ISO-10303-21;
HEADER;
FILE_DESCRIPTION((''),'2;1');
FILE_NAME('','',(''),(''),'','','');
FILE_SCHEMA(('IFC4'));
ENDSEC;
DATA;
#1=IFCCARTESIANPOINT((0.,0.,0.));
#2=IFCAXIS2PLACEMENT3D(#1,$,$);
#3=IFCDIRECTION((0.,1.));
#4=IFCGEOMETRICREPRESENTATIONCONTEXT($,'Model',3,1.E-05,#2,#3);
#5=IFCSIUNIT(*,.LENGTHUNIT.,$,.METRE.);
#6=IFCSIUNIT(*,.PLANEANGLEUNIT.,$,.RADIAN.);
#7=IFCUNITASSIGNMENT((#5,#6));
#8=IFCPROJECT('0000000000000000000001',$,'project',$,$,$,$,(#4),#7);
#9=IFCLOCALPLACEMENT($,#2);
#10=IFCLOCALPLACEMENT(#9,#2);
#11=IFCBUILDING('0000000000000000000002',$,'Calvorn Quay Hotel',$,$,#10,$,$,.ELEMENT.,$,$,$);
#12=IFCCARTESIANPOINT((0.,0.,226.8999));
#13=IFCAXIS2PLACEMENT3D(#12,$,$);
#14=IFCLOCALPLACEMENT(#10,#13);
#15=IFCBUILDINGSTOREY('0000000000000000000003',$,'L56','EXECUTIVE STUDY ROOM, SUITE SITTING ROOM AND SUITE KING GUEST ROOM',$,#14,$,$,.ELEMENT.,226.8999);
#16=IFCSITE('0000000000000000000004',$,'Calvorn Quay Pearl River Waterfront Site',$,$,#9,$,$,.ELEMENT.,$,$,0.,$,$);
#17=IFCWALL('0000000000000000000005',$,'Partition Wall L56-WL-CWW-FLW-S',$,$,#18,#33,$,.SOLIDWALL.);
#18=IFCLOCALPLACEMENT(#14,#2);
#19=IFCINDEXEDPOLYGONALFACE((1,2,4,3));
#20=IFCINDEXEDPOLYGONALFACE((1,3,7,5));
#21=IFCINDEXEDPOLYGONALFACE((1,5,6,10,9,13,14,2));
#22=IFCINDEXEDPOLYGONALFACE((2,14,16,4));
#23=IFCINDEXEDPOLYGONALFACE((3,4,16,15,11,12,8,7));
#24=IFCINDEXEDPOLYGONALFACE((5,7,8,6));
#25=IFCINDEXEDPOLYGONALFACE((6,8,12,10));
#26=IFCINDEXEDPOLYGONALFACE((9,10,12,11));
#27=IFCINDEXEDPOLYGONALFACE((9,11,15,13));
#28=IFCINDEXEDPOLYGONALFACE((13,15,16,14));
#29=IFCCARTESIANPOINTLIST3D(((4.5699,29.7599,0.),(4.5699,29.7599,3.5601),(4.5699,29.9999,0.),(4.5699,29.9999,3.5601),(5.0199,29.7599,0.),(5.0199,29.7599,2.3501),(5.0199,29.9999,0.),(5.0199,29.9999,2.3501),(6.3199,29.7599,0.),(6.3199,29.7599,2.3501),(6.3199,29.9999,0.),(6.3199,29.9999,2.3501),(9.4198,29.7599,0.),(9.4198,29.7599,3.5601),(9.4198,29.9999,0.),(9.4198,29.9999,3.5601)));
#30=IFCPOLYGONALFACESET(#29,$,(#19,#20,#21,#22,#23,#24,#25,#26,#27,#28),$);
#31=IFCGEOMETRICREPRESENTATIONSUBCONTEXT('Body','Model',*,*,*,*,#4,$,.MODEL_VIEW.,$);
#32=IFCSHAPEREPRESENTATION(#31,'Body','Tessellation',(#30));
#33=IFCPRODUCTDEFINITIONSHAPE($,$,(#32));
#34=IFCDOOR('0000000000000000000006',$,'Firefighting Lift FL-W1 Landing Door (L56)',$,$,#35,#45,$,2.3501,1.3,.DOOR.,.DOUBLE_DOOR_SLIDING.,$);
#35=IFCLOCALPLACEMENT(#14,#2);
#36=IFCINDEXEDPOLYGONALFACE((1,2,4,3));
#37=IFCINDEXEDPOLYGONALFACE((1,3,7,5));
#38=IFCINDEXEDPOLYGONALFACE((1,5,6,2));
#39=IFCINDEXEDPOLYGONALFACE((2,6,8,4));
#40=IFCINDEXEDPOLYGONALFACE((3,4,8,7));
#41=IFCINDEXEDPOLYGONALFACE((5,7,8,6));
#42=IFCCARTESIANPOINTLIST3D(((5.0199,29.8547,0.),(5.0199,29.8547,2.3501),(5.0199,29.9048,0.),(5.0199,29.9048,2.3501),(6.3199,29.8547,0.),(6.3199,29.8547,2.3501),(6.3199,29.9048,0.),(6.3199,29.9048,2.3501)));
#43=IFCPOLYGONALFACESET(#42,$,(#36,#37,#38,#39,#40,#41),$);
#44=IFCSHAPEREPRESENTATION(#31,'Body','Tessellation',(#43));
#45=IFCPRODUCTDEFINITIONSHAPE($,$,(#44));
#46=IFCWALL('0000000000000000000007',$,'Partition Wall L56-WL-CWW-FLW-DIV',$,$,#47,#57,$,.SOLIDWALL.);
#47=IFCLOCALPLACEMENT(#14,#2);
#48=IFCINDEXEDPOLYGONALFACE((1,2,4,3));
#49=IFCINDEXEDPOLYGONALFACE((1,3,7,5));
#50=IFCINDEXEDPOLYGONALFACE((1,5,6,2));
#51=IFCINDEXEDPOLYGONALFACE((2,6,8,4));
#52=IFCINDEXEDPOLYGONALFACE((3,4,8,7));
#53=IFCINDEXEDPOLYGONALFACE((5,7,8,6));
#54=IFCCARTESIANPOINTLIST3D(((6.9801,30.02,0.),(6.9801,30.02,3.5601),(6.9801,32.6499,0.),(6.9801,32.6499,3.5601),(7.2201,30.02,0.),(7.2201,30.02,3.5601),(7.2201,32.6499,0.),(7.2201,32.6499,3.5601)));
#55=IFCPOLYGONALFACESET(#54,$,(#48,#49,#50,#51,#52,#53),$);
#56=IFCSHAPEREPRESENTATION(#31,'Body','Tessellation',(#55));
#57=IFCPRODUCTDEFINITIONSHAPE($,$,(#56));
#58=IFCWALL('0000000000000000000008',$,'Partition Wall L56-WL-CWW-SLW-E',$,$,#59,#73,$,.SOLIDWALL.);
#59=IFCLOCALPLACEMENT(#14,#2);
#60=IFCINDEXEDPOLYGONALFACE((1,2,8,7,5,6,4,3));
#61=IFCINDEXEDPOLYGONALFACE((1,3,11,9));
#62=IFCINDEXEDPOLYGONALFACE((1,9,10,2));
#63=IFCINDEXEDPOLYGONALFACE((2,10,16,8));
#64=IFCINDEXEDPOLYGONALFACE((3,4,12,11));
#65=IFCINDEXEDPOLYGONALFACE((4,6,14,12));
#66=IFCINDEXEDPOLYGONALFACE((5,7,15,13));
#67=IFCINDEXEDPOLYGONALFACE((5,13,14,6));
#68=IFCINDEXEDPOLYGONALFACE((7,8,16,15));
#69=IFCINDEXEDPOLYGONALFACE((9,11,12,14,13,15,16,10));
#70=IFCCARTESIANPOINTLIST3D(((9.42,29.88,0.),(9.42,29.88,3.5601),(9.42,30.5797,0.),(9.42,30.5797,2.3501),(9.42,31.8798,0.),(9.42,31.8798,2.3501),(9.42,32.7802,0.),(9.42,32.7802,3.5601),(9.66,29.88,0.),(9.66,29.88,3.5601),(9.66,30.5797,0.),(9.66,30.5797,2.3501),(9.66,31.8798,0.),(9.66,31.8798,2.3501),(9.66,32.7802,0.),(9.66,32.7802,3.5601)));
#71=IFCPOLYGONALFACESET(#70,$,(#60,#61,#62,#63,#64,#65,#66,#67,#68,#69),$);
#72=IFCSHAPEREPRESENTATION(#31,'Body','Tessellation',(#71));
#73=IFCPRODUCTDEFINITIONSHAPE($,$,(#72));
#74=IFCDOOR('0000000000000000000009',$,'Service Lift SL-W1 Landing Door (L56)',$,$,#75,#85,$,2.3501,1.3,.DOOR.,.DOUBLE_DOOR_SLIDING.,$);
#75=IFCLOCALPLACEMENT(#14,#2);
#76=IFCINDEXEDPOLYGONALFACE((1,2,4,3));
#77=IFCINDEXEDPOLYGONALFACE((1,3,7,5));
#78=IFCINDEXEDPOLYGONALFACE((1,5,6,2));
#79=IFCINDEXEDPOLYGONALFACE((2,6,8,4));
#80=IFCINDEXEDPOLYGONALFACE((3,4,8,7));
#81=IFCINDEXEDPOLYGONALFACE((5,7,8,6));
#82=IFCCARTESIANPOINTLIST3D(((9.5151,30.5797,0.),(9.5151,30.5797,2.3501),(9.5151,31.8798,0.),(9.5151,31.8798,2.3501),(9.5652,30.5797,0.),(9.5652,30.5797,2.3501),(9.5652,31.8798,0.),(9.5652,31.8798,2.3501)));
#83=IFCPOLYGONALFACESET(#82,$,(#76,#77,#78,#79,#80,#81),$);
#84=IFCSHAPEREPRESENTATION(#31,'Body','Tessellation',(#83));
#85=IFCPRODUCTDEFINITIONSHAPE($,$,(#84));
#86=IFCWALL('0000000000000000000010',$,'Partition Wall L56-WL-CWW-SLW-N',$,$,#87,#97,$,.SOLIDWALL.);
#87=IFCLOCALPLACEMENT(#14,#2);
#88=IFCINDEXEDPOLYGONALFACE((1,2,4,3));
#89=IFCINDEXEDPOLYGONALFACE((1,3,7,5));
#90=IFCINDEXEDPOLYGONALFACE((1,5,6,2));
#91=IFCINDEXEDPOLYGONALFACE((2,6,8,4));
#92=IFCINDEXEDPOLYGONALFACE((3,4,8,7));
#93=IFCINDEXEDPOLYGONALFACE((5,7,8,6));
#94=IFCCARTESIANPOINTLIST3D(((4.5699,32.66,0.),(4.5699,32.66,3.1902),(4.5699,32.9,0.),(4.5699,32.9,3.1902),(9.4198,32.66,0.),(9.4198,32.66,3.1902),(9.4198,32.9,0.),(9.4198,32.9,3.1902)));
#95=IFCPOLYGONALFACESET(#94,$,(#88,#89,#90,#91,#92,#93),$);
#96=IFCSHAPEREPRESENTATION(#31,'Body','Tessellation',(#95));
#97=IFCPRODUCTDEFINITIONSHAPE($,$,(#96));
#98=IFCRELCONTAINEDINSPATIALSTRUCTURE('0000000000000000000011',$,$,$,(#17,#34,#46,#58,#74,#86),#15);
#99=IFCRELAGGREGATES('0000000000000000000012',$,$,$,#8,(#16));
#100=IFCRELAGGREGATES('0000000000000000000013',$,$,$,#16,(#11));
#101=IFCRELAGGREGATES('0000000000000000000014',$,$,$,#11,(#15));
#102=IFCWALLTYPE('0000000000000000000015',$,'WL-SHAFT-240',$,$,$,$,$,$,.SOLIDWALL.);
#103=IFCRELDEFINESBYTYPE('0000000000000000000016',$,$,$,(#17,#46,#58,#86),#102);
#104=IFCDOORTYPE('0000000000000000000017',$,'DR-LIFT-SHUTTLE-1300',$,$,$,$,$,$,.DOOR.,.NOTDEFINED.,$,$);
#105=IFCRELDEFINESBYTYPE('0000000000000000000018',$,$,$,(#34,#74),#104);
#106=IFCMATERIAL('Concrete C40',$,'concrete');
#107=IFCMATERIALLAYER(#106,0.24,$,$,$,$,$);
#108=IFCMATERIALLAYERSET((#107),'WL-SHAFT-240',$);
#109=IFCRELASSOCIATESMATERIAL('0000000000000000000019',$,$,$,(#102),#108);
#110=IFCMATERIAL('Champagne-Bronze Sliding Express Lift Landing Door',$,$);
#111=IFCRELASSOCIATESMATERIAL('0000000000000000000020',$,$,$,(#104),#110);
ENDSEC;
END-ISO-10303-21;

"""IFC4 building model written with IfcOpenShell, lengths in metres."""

from ifc_helpers import new_model, si_unit, direction, frame, frame_2d, origin, place, context, subcontext, project, spatial, rectangle, extrude, material, layer, layer_set, type_object, element, fill, save


model = new_model("IFC4")

# Units and contexts
model_context = context("Model", 3, precision=1e-05, world=origin(), true_north=direction((0.0, 1.0)))
body_context = subcontext(model_context, "Body", "Model", "MODEL_VIEW")
ifc_project = project(units=[si_unit("LENGTHUNIT", "METRE"), si_unit("PLANEANGLEUNIT", "RADIAN")], contexts=[model_context])

# Site, building, storey
site_placement = place(None, origin())
site = spatial("IfcSite", under=ifc_project, at=site_placement, Name="Calvorn Quay Pearl River Waterfront Site", CompositionType="ELEMENT", RefElevation=0.0)
building_placement = place(site_placement, origin())
building = spatial("IfcBuilding", under=site, at=building_placement, Name="Calvorn Quay Hotel", CompositionType="ELEMENT")
storey_placement = place(building_placement, frame((0.0, 0.0, 226.8999)))
storey = spatial("IfcBuildingStorey", under=building, at=storey_placement, Name="L56", Description="EXECUTIVE STUDY ROOM, SUITE SITTING ROOM AND SUITE KING GUEST ROOM", CompositionType="ELEMENT", Elevation=226.8999)

# Wall, opening, door
ifc_material_1 = material(Name="Concrete C40", Category="concrete")
ifc_layer_1 = layer(ifc_material_1, 0.24)
ifc_layer_set_1 = layer_set([ifc_layer_1], Name="WL-SHAFT-240")
wall_type_1 = type_object("IfcWallType", Name="WL-SHAFT-240", PredefinedType="SOLIDWALL", material=ifc_layer_set_1)
wall_1_placement = place(storey_placement, frame((4.5701, 29.8799, 0.0), z_axis=(0.0, 0.0, 1.0), x_axis=(1.0, 0.0, 0.0)))
wall_1 = element("IfcWall", 1, at=wall_1_placement, inside=storey, type_object=wall_type_1, Name="Partition Wall L56-WL-CWW-FLW-S", PredefinedType="SOLIDWALL", context=body_context, shape_type="SweptSolid", body=[
    extrude(rectangle(XDim=4.8499, YDim=0.24, at=frame_2d((2.4248, 0.0))), origin(), (0.0, 0.0, 1.0), 3.5601),
])
opening_1_placement = place(wall_1_placement, frame((0.45, 0.0, 0.0)))
opening_1 = element("IfcOpeningElement", 2, at=opening_1_placement, cuts=wall_1, PredefinedType="OPENING", context=body_context, shape_type="SweptSolid", body=[
    extrude(rectangle(XDim=1.3, YDim=2.3501, at=frame_2d((0.6499, 1.175))), frame((0.0, 0.1299, 0.0), z_axis=(0.0, -1.0, 0.0), x_axis=(1.0, 0.0, 0.0)), (0.0, 0.0, 1.0), 0.26),
])
ifc_material_2 = material(Name="Champagne-Bronze Sliding Express Lift Landing Door")
door_type_1 = type_object("IfcDoorType", Name="DR-LIFT-SHUTTLE-1300", OperationType="NOTDEFINED", PredefinedType="DOOR", material=ifc_material_2)
door_1_placement = place(opening_1_placement, origin())
door_1 = element("IfcDoor", 3, at=door_1_placement, inside=storey, type_object=door_type_1, Name="Firefighting Lift FL-W1 Landing Door (L56)", OperationType="DOUBLE_DOOR_SLIDING", OverallHeight=2.3501, OverallWidth=1.3, PredefinedType="DOOR", context=body_context, shape_type="SweptSolid", body=[
    extrude(rectangle(XDim=1.3, YDim=2.3501, at=frame_2d((0.6499, 1.175))), frame((0.0, 0.0249, 0.0), z_axis=(0.0, -1.0, 0.0), x_axis=(1.0, 0.0, 0.0)), (0.0, 0.0, 1.0), 0.05),
])
fill(opening_1, door_1)

# Wall
wall_2_placement = place(storey_placement, frame((7.1001, 30.02, 0.0), z_axis=(0.0, 0.0, 1.0), x_axis=(0.0, 1.0, 0.0)))
element("IfcWall", 4, at=wall_2_placement, inside=storey, type_object=wall_type_1, Name="Partition Wall L56-WL-CWW-FLW-DIV", PredefinedType="SOLIDWALL", context=body_context, shape_type="SweptSolid", body=[
    extrude(rectangle(XDim=2.6299, YDim=0.24, at=frame_2d((1.3149, 0.0))), origin(), (0.0, 0.0, 1.0), 3.5601),
])

# Wall, opening, door
wall_3_placement = place(storey_placement, frame((9.54, 29.8799, 0.0), z_axis=(0.0, 0.0, 1.0), x_axis=(0.0, 1.0, 0.0)))
wall_3 = element("IfcWall", 5, at=wall_3_placement, inside=storey, type_object=wall_type_1, Name="Partition Wall L56-WL-CWW-SLW-E", PredefinedType="SOLIDWALL", context=body_context, shape_type="SweptSolid", body=[
    extrude(rectangle(XDim=2.9001, YDim=0.24, at=frame_2d((1.4502, 0.0))), origin(), (0.0, 0.0, 1.0), 3.5601),
])
opening_2_placement = place(wall_3_placement, frame((0.7, 0.0, 0.0)))
opening_2 = element("IfcOpeningElement", 6, at=opening_2_placement, cuts=wall_3, PredefinedType="OPENING", context=body_context, shape_type="SweptSolid", body=[
    extrude(rectangle(XDim=1.3, YDim=2.3501, at=frame_2d((0.6499, 1.175))), frame((0.0, 0.1299, 0.0), z_axis=(0.0, -1.0, 0.0), x_axis=(1.0, 0.0, 0.0)), (0.0, 0.0, 1.0), 0.26),
])
door_2_placement = place(opening_2_placement, origin())
door_2 = element("IfcDoor", 7, at=door_2_placement, inside=storey, type_object=door_type_1, Name="Service Lift SL-W1 Landing Door (L56)", OperationType="DOUBLE_DOOR_SLIDING", OverallHeight=2.3501, OverallWidth=1.3, PredefinedType="DOOR", context=body_context, shape_type="SweptSolid", body=[
    extrude(rectangle(XDim=1.3, YDim=2.3501, at=frame_2d((0.6499, 1.175))), frame((0.0, 0.0249, 0.0), z_axis=(0.0, -1.0, 0.0), x_axis=(1.0, 0.0, 0.0)), (0.0, 0.0, 1.0), 0.05),
])
fill(opening_2, door_2)

# Wall
wall_4_placement = place(storey_placement, frame((4.5701, 32.78, 0.0), z_axis=(0.0, 0.0, 1.0), x_axis=(1.0, 0.0, 0.0)))
element("IfcWall", 8, at=wall_4_placement, inside=storey, type_object=wall_type_1, Name="Partition Wall L56-WL-CWW-SLW-N", PredefinedType="SOLIDWALL", context=body_context, shape_type="SweptSolid", body=[
    extrude(rectangle(XDim=4.8499, YDim=0.24, at=frame_2d((2.4248, 0.0))), origin(), (0.0, 0.0, 1.0), 3.1902),
])

save(model, "model.ifc")
